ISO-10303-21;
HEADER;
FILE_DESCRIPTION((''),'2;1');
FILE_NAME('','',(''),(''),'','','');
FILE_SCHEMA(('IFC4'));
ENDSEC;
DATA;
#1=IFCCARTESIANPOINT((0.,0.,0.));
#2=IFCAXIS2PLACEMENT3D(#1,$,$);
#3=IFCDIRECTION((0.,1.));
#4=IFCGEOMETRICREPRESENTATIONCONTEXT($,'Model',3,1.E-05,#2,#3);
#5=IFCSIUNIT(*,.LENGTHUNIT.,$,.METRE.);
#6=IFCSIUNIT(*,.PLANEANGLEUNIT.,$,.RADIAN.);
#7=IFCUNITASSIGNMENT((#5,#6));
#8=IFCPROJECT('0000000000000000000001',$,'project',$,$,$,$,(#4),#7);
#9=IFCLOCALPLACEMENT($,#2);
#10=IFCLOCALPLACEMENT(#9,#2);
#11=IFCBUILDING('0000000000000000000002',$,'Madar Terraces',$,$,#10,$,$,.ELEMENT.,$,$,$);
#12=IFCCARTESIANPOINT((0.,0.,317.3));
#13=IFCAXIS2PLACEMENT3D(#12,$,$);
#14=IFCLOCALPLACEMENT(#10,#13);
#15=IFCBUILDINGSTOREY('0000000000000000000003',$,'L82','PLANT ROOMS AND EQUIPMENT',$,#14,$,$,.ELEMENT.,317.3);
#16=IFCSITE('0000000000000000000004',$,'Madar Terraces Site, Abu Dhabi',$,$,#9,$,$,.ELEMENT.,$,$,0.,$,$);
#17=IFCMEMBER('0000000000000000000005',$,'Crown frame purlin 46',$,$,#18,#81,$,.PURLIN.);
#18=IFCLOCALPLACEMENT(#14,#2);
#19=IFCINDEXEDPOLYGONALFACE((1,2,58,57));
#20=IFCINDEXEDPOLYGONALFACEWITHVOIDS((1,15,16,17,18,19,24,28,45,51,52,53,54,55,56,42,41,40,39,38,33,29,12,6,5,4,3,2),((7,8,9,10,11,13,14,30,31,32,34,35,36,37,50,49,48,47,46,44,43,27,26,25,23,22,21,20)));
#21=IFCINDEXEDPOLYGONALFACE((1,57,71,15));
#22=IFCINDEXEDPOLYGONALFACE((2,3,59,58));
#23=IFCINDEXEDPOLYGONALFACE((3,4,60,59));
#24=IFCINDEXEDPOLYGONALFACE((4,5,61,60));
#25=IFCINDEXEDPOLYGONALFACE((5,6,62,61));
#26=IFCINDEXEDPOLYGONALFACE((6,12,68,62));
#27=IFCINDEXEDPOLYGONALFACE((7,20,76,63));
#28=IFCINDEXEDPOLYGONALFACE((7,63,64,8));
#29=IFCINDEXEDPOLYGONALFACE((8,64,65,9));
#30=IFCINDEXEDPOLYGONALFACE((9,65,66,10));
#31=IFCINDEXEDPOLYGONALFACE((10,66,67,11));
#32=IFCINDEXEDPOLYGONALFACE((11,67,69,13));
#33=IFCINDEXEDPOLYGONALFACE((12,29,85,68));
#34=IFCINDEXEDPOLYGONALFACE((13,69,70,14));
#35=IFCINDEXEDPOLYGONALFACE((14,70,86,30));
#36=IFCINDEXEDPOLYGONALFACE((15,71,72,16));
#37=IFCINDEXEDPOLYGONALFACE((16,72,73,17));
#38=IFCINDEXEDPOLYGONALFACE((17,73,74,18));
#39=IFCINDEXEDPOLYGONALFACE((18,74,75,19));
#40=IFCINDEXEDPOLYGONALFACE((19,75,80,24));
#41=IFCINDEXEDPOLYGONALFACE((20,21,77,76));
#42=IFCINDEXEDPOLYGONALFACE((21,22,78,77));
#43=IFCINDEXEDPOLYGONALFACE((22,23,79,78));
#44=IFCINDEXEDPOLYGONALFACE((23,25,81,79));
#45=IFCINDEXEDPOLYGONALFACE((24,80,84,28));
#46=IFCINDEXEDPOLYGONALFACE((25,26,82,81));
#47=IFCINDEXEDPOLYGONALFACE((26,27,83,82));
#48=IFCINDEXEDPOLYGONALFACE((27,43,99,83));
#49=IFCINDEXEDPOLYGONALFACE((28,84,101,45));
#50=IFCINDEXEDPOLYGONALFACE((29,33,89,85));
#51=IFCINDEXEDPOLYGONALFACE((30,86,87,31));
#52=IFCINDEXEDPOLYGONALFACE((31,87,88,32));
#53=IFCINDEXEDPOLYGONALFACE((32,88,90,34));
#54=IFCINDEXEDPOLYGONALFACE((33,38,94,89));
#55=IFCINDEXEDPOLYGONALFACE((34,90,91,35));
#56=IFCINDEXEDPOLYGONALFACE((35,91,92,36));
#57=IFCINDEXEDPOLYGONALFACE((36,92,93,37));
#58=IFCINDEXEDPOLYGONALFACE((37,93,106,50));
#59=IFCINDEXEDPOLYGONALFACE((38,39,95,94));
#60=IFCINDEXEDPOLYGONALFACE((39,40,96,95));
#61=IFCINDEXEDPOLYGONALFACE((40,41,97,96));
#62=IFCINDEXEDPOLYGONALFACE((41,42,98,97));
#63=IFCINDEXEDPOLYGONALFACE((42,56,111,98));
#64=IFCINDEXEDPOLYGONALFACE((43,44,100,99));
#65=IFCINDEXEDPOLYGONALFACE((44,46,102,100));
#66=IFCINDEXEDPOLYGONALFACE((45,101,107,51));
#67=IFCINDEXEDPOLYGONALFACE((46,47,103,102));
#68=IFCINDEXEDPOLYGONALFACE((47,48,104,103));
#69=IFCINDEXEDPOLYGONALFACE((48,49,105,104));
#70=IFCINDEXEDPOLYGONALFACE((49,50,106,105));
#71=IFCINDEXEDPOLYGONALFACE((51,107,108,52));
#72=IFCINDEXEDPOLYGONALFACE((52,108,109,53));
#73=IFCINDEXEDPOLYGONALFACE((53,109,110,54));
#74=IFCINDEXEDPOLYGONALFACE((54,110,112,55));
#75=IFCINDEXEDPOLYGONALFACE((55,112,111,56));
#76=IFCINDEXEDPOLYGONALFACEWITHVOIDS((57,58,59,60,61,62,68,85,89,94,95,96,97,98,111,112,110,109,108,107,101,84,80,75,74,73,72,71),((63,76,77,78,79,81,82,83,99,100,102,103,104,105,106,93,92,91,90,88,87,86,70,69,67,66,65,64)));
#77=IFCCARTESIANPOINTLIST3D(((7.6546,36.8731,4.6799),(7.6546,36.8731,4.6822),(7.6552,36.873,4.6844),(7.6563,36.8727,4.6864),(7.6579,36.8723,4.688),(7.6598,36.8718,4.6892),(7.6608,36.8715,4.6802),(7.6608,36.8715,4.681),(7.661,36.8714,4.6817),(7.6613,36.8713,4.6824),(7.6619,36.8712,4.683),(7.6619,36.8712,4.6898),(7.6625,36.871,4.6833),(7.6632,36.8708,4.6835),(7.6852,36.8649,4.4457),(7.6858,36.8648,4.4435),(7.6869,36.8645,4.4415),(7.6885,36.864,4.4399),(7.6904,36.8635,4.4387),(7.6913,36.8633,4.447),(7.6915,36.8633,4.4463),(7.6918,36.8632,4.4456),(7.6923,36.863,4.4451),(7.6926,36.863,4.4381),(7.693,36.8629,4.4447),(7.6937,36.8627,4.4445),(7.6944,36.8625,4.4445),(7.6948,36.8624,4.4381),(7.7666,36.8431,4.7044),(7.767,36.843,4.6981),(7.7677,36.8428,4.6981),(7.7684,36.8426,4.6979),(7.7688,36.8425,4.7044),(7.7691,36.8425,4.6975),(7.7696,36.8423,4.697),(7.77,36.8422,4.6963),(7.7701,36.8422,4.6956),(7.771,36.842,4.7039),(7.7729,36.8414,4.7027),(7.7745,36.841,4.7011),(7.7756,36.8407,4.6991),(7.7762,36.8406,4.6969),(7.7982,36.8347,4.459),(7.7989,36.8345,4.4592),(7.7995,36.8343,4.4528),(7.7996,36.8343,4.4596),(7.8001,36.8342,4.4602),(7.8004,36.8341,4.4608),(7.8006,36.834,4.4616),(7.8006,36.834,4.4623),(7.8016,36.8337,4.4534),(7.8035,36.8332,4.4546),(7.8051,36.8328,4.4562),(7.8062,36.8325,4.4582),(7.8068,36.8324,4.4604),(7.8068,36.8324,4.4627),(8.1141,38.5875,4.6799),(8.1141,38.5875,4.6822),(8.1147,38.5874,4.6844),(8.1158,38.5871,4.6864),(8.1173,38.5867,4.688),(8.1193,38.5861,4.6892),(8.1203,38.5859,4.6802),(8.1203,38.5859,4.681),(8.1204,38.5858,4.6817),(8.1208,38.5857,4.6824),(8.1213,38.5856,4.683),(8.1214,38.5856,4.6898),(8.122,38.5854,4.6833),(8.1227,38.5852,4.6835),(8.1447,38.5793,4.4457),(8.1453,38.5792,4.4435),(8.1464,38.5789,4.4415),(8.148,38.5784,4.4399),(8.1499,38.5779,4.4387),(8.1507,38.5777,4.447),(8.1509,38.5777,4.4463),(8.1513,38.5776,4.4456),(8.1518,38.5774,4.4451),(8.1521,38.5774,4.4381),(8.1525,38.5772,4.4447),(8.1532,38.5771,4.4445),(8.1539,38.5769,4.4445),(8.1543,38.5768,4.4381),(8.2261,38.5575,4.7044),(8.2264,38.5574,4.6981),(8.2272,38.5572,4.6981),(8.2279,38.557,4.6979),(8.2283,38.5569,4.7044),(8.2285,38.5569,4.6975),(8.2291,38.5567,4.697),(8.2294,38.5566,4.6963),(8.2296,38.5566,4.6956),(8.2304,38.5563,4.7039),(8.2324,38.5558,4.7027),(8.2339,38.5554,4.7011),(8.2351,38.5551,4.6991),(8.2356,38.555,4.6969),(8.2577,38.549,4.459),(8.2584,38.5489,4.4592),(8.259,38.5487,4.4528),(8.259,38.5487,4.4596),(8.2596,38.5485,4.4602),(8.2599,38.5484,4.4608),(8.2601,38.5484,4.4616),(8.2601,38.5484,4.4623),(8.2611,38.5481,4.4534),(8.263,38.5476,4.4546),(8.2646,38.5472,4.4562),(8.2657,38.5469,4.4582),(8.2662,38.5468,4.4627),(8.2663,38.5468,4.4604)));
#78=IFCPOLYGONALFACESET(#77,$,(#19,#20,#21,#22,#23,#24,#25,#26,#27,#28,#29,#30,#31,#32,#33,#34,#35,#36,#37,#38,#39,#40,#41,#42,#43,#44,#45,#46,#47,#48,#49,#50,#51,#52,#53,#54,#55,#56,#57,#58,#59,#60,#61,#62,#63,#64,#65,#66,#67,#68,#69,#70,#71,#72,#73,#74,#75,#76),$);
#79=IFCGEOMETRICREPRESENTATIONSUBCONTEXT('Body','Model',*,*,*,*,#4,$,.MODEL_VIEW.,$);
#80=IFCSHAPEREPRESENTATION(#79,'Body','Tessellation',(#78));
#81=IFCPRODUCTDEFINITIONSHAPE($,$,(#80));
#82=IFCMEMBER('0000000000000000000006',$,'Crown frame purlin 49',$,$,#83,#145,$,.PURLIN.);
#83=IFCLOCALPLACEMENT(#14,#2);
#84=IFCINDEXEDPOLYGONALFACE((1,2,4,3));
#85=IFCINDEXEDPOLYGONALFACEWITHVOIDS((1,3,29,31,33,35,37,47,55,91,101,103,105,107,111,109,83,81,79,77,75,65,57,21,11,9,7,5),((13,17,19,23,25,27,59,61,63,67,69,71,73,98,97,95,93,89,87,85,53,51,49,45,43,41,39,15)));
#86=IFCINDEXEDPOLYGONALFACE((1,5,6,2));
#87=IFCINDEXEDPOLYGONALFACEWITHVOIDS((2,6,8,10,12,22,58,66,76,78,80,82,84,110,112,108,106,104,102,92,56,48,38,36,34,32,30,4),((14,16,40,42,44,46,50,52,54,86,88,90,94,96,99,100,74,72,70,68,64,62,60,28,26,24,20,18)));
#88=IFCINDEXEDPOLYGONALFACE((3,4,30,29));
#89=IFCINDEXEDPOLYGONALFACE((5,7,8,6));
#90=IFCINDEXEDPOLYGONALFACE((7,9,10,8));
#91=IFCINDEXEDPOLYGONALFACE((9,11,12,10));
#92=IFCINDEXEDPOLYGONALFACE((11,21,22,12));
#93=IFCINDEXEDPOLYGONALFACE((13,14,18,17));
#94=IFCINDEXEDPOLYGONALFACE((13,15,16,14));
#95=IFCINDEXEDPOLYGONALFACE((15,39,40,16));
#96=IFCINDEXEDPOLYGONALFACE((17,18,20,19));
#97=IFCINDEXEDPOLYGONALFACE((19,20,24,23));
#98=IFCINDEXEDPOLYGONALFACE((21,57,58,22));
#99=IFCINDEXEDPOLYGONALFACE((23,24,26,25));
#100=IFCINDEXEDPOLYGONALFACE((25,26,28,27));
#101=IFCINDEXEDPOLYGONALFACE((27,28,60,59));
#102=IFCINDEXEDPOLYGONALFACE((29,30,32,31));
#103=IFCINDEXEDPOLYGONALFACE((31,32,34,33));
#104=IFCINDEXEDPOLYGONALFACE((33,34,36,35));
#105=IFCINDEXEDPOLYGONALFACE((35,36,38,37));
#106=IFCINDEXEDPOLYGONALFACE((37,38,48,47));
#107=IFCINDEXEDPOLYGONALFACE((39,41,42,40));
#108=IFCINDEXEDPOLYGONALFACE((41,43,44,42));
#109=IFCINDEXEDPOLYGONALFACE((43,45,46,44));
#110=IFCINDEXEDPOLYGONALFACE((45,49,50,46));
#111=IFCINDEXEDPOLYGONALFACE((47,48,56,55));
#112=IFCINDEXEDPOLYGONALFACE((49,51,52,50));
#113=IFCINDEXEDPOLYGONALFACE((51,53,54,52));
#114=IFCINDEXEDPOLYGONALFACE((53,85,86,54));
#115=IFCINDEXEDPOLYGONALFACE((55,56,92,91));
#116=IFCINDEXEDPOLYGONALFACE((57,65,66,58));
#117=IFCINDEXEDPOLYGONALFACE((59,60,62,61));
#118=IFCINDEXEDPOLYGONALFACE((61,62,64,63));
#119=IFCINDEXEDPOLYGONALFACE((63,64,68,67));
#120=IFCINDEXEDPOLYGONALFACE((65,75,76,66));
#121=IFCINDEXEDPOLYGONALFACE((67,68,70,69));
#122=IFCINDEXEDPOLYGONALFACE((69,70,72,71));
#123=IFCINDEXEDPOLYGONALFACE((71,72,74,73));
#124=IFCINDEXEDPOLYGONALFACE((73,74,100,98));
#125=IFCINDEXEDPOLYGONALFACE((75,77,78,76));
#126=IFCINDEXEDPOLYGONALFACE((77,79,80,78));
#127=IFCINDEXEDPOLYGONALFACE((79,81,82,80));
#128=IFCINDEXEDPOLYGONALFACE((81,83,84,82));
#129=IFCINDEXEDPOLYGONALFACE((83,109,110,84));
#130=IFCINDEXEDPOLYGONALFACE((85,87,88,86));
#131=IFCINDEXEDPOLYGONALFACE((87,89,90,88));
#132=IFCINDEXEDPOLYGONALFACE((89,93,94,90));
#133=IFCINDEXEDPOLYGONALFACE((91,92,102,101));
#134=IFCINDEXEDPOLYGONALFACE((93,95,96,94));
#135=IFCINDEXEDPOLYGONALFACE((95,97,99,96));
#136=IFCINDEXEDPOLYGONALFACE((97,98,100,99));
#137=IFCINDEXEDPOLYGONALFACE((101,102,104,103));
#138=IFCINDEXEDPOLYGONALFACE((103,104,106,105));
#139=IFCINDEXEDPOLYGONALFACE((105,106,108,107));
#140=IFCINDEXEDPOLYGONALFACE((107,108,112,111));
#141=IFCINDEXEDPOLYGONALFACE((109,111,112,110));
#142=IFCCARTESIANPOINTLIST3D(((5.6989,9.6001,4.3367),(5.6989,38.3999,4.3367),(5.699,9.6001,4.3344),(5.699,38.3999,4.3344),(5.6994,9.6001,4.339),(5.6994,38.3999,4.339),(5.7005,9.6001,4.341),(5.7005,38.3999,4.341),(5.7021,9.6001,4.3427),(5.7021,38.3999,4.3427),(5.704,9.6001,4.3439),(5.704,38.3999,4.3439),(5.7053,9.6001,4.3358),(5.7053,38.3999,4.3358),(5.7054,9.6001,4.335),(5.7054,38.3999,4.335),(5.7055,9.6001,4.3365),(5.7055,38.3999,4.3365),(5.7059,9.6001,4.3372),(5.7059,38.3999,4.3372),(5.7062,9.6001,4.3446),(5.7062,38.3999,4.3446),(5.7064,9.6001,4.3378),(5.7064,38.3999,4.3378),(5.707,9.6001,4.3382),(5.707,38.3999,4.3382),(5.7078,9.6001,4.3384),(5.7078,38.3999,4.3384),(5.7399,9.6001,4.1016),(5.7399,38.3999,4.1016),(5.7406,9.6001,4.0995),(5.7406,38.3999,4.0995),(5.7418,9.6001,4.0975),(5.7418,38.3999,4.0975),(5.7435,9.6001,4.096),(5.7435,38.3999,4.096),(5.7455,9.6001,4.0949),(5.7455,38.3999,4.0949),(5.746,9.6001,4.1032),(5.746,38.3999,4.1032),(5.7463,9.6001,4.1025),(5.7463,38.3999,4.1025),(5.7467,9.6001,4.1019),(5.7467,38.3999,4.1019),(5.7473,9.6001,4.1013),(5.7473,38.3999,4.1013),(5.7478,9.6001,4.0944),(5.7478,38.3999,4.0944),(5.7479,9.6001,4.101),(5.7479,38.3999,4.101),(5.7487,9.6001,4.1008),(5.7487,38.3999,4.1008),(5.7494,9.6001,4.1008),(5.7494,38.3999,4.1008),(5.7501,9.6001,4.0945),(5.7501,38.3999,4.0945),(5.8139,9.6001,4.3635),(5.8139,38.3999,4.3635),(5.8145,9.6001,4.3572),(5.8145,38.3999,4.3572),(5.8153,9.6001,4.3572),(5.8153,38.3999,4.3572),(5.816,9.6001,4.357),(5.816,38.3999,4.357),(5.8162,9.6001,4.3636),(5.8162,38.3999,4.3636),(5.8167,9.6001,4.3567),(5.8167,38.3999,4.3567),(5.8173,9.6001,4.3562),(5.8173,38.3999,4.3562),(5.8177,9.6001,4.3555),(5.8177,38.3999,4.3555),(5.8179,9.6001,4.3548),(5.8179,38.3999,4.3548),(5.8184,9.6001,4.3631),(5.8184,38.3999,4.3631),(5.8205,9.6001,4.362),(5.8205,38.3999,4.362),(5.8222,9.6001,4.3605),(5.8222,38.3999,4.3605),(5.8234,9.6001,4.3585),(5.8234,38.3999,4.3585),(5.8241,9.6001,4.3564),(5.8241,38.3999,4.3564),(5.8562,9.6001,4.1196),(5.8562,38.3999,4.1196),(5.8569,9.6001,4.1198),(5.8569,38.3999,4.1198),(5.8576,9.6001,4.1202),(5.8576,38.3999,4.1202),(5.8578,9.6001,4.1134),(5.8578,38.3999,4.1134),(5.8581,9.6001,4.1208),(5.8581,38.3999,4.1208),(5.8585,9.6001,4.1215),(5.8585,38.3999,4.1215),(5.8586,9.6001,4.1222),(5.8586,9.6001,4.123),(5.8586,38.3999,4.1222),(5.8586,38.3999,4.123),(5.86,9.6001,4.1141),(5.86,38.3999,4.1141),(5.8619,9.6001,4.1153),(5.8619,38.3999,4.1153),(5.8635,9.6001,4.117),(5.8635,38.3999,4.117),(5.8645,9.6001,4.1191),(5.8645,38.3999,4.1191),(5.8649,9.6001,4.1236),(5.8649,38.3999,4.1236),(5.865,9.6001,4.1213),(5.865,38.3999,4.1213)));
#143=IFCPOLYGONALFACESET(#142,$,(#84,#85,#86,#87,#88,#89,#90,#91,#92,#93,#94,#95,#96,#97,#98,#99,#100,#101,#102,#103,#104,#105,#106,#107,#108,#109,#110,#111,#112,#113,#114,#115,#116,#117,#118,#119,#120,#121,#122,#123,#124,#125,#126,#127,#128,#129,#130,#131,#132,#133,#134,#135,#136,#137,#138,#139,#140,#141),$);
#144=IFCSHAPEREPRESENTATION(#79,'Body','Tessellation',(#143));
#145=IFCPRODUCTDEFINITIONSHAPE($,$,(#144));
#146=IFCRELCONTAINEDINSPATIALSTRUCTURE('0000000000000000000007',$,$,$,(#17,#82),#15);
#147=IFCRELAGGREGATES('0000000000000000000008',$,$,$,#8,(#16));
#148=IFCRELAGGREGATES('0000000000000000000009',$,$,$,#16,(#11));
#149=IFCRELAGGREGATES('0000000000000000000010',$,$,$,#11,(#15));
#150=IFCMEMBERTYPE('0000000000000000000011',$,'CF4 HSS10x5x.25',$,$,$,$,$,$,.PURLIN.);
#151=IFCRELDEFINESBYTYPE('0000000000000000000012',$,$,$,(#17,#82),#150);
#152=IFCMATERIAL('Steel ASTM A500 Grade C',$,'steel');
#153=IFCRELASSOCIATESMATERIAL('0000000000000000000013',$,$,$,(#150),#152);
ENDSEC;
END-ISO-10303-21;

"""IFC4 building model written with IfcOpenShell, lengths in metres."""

from ifc_helpers import new_model, si_unit, direction, frame, origin, origin_2d, place, context, subcontext, project, spatial, hollow_rectangle, extrude, material, material_profile, profile_set, type_object, element, save


model = new_model("IFC4")

# Units and contexts
model_context = context("Model", 3, precision=1e-05, world=origin(), true_north=direction((0.0, 1.0)))
body_context = subcontext(model_context, "Body", "Model", "MODEL_VIEW")
ifc_project = project(units=[si_unit("LENGTHUNIT", "METRE"), si_unit("PLANEANGLEUNIT", "RADIAN")], contexts=[model_context])

# Site, building, storey
site_placement = place(None, origin())
site = spatial("IfcSite", under=ifc_project, at=site_placement, Name="Madar Terraces Site, Abu Dhabi", CompositionType="ELEMENT", RefElevation=0.0)
building_placement = place(site_placement, origin())
building = spatial("IfcBuilding", under=site, at=building_placement, Name="Madar Terraces", CompositionType="ELEMENT")
storey_placement = place(building_placement, frame((0.0, 0.0, 317.3)))
storey = spatial("IfcBuildingStorey", under=building, at=storey_placement, Name="L82", Description="PLANT ROOMS AND EQUIPMENT", CompositionType="ELEMENT", Elevation=317.3)

# Members
ifc_material_1 = material(Name="Steel ASTM A500 Grade C", Category="steel")
ifc_material_profile_1 = material_profile(ifc_material_1, hollow_rectangle(XDim=0.127, YDim=0.2539, WallThickness=0.0063, InnerFilletRadius=0.0029, OuterFilletRadius=0.0088, at=origin_2d()), Name="HSS10x5x.25")
ifc_profile_set_1 = profile_set([ifc_material_profile_1], Name="Steel ASTM A500 Grade C")
member_type_1 = type_object("IfcMemberType", Name="CF4 HSS10x5x.25", PredefinedType="PURLIN", material=ifc_profile_set_1)
member_1_placement = place(storey_placement, frame((8.1902, 38.5671, 4.5713), z_axis=(-0.258878, -0.96591, 0.0), x_axis=(0.957187, -0.25654, 0.134086)))
element("IfcMember", 1, at=member_1_placement, inside=storey, type_object=member_type_1, Name="Crown frame purlin 46", PredefinedType="PURLIN", context=body_context, shape_type="SweptSolid", body=[
    extrude(hollow_rectangle(XDim=0.127, YDim=0.2539, WallThickness=0.0063, InnerFilletRadius=0.0029, OuterFilletRadius=0.0088, at=origin_2d()), origin(), (0.0, 0.0, 1.0), 1.7749),
])
member_2_placement = place(storey_placement, frame((5.782, 38.3999, 4.229), z_axis=(0.0, -1.0, 0.0), x_axis=(0.984957, 0.0, 0.172799)))
element("IfcMember", 2, at=member_2_placement, inside=storey, type_object=member_type_1, Name="Crown frame purlin 49", PredefinedType="PURLIN", context=body_context, shape_type="SweptSolid", body=[
    extrude(hollow_rectangle(XDim=0.127, YDim=0.2539, WallThickness=0.0063, InnerFilletRadius=0.0029, OuterFilletRadius=0.0088, at=origin_2d()), origin(), (0.0, 0.0, 1.0), 28.7998),
])

save(model, "model.ifc")
